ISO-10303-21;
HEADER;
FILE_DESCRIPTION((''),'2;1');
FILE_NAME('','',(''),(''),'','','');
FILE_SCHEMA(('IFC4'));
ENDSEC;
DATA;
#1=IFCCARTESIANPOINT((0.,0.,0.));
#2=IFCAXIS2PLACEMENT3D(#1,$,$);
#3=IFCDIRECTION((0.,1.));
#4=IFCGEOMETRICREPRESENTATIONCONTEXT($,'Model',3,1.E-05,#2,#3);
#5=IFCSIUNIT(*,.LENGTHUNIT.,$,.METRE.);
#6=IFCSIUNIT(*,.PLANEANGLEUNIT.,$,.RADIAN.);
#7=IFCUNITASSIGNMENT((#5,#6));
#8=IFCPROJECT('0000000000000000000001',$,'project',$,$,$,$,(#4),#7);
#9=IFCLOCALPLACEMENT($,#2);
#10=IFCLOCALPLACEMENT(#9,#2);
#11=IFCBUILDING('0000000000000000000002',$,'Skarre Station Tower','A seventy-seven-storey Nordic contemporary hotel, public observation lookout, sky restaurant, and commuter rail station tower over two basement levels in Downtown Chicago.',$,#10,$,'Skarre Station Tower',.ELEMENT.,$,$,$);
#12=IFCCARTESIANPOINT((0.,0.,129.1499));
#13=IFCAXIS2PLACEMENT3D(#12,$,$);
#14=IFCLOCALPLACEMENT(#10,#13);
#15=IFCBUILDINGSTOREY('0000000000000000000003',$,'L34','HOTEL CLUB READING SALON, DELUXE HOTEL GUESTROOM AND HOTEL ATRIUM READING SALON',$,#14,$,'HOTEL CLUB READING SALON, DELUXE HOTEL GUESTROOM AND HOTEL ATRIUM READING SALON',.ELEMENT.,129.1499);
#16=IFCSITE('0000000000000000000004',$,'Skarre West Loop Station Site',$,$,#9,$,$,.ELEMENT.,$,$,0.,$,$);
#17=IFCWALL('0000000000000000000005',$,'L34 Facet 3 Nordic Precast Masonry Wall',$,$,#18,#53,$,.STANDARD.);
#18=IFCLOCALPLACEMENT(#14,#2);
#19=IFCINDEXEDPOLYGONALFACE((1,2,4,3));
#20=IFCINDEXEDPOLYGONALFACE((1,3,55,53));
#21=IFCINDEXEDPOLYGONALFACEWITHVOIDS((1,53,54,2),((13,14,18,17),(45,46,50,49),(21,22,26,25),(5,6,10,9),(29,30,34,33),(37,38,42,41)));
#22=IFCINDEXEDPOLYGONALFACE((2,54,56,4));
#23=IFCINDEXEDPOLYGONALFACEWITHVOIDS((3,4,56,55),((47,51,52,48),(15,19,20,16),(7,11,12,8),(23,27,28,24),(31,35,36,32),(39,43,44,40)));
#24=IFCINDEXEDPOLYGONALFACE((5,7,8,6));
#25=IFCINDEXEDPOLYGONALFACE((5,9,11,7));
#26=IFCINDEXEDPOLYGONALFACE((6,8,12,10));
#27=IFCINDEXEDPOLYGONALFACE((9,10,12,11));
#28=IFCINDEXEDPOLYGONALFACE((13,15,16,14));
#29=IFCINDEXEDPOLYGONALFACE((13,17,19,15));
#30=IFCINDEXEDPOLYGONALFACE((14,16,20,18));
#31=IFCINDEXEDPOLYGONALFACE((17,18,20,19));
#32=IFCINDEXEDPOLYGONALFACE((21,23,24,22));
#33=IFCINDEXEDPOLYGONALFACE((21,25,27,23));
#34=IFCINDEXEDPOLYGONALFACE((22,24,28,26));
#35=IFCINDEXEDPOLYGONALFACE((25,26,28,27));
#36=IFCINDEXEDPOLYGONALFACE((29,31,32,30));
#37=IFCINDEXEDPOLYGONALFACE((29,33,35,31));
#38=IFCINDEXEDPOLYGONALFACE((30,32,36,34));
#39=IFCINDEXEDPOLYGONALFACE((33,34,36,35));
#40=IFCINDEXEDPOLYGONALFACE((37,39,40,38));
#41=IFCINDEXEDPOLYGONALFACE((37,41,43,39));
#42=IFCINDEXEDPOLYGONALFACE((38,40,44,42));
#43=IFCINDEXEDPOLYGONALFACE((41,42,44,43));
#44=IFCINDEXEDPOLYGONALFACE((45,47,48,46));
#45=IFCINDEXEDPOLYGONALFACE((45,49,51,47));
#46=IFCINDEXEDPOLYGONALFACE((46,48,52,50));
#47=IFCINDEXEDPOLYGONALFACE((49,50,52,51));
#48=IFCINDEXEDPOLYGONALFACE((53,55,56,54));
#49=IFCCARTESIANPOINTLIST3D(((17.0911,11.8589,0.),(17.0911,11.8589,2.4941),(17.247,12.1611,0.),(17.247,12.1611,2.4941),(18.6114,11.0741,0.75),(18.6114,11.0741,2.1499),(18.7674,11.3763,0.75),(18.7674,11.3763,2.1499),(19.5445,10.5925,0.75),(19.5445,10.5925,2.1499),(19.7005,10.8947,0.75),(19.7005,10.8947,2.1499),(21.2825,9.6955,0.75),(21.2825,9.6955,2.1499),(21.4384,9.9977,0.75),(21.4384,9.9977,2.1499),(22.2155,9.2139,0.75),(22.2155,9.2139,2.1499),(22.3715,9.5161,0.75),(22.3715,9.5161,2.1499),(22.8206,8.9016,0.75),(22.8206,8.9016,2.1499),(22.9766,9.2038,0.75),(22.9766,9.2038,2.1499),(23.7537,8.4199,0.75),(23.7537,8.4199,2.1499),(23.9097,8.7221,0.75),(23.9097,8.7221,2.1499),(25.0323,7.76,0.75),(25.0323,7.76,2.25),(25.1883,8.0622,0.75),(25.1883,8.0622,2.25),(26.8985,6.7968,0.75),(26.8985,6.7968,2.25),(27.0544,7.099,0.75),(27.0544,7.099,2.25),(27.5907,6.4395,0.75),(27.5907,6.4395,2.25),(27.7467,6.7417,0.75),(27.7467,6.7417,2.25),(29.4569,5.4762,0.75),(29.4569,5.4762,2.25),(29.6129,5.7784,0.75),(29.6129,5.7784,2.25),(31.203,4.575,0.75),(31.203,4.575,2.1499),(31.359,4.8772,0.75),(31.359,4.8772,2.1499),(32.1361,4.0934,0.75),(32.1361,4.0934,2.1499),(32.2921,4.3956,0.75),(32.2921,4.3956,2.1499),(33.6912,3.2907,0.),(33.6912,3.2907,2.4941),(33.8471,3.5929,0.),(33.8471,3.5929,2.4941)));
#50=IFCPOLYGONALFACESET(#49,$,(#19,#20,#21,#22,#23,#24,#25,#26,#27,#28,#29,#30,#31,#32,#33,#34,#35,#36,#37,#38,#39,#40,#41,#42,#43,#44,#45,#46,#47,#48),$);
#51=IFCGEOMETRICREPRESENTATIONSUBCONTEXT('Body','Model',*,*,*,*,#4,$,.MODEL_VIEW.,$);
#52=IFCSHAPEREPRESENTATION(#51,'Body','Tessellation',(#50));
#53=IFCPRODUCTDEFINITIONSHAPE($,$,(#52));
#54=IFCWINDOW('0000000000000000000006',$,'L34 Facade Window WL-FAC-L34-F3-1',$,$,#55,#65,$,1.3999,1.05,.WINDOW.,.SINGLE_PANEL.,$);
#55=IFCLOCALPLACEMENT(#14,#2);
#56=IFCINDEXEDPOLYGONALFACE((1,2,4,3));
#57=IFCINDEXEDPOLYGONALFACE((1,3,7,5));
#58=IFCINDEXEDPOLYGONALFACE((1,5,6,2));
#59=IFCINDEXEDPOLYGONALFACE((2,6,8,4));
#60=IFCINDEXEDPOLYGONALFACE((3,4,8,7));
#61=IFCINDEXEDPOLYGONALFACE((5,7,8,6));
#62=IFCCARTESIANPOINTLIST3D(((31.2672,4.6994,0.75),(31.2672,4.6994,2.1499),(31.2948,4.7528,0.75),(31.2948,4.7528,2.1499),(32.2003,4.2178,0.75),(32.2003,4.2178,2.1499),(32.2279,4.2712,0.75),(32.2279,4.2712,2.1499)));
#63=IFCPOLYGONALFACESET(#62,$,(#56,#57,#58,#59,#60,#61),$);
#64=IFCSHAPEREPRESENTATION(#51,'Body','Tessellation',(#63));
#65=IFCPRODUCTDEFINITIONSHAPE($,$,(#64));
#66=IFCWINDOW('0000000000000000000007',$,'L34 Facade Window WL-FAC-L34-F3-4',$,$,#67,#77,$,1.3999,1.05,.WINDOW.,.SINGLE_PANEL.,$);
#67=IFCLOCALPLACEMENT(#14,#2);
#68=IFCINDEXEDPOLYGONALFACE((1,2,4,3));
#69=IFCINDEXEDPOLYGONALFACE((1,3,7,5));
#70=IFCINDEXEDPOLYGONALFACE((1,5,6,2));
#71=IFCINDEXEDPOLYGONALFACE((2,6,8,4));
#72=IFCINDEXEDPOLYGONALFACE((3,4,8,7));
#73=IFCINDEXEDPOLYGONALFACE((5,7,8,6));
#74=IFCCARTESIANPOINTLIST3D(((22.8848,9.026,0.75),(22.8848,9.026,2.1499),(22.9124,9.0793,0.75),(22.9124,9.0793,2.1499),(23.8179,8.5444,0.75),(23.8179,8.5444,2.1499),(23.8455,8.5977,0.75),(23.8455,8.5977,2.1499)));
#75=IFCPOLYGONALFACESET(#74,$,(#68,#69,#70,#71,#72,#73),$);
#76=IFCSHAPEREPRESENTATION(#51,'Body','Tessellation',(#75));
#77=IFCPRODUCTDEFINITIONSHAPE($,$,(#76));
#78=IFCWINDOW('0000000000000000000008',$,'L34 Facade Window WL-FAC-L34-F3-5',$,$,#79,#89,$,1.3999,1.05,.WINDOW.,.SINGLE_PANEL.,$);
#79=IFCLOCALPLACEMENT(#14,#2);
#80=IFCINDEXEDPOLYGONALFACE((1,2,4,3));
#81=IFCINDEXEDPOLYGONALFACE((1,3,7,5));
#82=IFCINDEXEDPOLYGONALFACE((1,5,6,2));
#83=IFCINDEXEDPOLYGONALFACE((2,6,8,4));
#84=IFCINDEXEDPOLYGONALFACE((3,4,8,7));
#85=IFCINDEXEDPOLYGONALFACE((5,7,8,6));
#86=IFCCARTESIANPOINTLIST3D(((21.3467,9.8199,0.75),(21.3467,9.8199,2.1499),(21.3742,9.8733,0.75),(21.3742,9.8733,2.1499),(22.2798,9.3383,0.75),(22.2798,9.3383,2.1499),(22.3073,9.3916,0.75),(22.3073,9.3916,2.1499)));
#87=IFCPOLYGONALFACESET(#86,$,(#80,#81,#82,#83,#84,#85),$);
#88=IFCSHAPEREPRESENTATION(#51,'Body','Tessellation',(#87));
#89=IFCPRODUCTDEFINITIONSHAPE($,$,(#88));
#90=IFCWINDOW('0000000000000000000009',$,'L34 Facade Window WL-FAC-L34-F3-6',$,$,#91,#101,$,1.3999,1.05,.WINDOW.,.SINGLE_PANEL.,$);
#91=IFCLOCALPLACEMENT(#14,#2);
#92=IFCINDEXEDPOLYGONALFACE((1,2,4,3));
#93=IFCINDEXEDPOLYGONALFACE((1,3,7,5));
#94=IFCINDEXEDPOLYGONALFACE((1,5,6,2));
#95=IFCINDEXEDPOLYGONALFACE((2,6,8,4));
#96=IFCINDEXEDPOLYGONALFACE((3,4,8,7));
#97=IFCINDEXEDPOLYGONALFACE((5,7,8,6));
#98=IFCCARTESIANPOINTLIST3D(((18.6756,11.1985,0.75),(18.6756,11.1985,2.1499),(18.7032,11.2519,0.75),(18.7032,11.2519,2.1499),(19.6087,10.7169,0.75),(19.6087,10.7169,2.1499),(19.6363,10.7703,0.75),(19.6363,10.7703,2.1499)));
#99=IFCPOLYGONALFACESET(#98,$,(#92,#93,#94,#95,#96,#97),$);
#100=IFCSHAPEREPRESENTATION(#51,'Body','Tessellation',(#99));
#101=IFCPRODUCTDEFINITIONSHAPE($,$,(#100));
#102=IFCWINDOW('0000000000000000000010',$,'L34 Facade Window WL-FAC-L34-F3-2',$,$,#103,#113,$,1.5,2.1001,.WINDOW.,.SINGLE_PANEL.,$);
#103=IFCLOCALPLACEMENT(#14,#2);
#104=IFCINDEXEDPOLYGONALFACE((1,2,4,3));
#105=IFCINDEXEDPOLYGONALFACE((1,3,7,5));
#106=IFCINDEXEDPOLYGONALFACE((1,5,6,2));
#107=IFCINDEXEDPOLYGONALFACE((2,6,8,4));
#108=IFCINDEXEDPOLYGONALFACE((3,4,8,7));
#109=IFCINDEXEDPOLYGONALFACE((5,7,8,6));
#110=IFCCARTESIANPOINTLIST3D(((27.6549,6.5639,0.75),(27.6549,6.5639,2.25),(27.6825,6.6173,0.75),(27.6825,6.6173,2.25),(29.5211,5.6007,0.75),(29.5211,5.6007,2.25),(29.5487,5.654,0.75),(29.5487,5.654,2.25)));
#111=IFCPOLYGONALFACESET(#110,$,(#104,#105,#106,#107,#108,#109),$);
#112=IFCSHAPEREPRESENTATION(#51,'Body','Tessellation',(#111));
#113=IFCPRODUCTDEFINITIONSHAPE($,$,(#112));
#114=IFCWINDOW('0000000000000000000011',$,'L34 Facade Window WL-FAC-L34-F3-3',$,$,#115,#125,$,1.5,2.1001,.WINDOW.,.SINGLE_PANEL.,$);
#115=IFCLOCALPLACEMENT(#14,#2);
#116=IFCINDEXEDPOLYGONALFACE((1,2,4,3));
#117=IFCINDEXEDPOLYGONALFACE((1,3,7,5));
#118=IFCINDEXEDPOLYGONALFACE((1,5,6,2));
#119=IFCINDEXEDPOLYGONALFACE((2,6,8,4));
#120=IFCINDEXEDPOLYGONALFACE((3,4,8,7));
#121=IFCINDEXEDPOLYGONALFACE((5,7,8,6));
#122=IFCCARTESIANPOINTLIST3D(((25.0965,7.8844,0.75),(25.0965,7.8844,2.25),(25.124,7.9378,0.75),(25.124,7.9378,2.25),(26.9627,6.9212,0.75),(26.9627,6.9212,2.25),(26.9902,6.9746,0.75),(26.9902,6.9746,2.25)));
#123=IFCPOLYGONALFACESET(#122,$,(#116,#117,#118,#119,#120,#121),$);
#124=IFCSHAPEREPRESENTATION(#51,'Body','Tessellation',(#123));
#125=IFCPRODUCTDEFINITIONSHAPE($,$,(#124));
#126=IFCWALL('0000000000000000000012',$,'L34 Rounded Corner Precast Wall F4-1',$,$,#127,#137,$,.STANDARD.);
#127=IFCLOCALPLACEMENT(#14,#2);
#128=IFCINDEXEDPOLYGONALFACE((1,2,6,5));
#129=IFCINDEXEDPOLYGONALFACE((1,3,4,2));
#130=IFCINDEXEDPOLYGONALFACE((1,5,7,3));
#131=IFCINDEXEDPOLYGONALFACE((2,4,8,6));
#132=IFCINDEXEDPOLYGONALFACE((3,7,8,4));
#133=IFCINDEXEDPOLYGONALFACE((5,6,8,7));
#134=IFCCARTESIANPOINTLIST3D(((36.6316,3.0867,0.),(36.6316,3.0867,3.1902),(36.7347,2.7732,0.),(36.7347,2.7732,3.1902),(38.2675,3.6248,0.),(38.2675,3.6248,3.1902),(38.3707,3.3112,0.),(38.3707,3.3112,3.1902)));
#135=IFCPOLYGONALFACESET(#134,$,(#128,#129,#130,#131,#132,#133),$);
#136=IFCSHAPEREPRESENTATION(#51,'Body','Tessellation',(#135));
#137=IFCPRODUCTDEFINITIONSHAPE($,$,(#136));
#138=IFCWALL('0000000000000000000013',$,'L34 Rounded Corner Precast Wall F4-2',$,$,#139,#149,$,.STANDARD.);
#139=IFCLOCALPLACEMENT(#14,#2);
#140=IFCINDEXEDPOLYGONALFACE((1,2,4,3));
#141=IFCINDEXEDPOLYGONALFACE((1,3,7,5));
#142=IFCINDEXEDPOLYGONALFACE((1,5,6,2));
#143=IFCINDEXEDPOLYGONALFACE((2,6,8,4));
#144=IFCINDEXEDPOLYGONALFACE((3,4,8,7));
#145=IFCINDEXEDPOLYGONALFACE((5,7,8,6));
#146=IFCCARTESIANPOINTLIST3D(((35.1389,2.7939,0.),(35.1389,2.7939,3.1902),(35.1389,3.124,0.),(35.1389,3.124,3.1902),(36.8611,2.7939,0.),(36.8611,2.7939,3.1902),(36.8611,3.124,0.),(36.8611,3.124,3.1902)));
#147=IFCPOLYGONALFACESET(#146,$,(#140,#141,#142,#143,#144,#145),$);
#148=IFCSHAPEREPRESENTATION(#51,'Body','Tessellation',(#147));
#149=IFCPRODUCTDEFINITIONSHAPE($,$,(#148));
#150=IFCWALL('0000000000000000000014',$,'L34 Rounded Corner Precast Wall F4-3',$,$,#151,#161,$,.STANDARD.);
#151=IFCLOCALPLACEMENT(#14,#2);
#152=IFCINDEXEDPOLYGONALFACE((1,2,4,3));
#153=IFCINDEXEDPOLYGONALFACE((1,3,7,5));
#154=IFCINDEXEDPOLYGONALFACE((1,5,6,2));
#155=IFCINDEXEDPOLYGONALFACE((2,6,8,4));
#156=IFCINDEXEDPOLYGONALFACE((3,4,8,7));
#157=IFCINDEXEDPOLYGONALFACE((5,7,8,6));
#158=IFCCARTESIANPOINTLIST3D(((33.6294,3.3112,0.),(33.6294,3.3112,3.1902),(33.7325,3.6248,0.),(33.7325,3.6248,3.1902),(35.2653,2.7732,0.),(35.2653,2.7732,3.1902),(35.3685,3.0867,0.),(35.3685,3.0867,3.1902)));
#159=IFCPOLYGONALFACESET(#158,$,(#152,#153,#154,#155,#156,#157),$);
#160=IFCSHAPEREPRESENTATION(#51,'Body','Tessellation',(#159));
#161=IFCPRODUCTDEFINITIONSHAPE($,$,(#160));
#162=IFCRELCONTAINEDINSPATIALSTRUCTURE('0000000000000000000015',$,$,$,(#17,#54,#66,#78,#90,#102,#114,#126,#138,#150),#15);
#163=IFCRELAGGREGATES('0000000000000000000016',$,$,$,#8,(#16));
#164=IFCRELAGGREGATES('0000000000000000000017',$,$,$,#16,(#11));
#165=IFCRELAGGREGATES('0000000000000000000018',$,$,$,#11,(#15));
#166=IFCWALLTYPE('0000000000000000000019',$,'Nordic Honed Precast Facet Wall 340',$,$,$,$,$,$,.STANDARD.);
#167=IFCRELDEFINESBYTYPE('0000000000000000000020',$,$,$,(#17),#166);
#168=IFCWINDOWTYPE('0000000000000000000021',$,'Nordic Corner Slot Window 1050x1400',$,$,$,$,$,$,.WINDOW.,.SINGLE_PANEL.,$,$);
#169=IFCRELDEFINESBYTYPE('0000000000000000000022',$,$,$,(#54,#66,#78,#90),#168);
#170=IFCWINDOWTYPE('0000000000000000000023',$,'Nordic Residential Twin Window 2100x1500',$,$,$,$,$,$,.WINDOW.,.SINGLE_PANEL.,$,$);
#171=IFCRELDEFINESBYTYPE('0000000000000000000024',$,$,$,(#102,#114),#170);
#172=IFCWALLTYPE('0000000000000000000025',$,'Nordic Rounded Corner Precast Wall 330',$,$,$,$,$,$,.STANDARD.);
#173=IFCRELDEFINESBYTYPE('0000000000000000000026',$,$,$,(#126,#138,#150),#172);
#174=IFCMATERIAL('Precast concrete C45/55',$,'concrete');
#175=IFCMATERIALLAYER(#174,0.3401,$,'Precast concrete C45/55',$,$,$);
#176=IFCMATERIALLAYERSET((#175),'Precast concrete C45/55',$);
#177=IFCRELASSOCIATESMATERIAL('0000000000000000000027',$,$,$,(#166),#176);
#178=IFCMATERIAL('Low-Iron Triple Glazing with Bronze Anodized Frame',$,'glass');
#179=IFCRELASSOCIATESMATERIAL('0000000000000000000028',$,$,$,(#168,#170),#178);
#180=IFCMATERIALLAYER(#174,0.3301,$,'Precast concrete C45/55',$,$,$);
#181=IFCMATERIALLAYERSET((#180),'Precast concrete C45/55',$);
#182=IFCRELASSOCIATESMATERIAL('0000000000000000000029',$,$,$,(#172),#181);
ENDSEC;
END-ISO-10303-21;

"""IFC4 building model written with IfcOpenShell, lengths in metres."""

from ifc_helpers import new_model, si_unit, direction, frame, frame_2d, origin, place, context, subcontext, project, spatial, rectangle, extrude, material, layer, layer_set, type_object, element, fill, save


model = new_model("IFC4")

# Units and contexts
model_context = context("Model", 3, precision=1e-05, world=origin(), true_north=direction((0.0, 1.0)))
body_context = subcontext(model_context, "Body", "Model", "MODEL_VIEW")
ifc_project = project(units=[si_unit("LENGTHUNIT", "METRE"), si_unit("PLANEANGLEUNIT", "RADIAN")], contexts=[model_context])

# Site, building, storey
site_placement = place(None, origin())
site = spatial("IfcSite", under=ifc_project, at=site_placement, Name="Skarre West Loop Station Site", CompositionType="ELEMENT", RefElevation=0.0)
building_placement = place(site_placement, origin())
building = spatial("IfcBuilding", under=site, at=building_placement, Name="Skarre Station Tower", Description="A seventy-seven-storey Nordic contemporary hotel, public observation lookout, sky restaurant, and commuter rail station tower over two basement levels in Downtown Chicago.", LongName="Skarre Station Tower", CompositionType="ELEMENT")
storey_placement = place(building_placement, frame((0.0, 0.0, 129.1499)))
storey = spatial("IfcBuildingStorey", under=building, at=storey_placement, Name="L34", Description="HOTEL CLUB READING SALON, DELUXE HOTEL GUESTROOM AND HOTEL ATRIUM READING SALON", LongName="HOTEL CLUB READING SALON, DELUXE HOTEL GUESTROOM AND HOTEL ATRIUM READING SALON", CompositionType="ELEMENT", Elevation=129.1499)

# Wall, openings, windows
ifc_material_1 = material(Name="Precast concrete C45/55", Category="concrete")
ifc_layer_1 = layer(ifc_material_1, 0.3401, Name="Precast concrete C45/55")
ifc_layer_set_1 = layer_set([ifc_layer_1], Name="Precast concrete C45/55")
wall_type_1 = type_object("IfcWallType", Name="Nordic Honed Precast Facet Wall 340", PredefinedType="STANDARD", material=ifc_layer_set_1)
wall_1_placement = place(storey_placement, frame((33.769, 3.4419, 0.0), z_axis=(0.0, 0.0, 1.0), x_axis=(-0.888614, 0.458657, 0.0)))
wall_1 = element("IfcWall", 1, at=wall_1_placement, inside=storey, type_object=wall_type_1, Name="L34 Facet 3 Nordic Precast Masonry Wall", PredefinedType="STANDARD", context=body_context, shape_type="SweptSolid", body=[
    extrude(rectangle(XDim=18.6809, YDim=0.3401, at=frame_2d((9.3403, 0.0))), origin(), (0.0, 0.0, 1.0), 2.4941),
])
opening_1_placement = place(wall_1_placement, frame((1.75, 0.0, 0.75)))
opening_1 = element("IfcOpeningElement", 2, at=opening_1_placement, cuts=wall_1, PredefinedType="OPENING", context=body_context, shape_type="SweptSolid", body=[
    extrude(rectangle(XDim=1.05, YDim=1.3999, at=frame_2d((0.5249, 0.7))), frame((0.0, 0.1799, 0.0), z_axis=(0.0, -1.0, 0.0), x_axis=(1.0, 0.0, 0.0)), (0.0, 0.0, 1.0), 0.3601),
])
opening_2_placement = place(wall_1_placement, frame((4.7649, 0.0, 0.75)))
opening_2 = element("IfcOpeningElement", 3, at=opening_2_placement, cuts=wall_1, PredefinedType="OPENING", context=body_context, shape_type="SweptSolid", body=[
    extrude(rectangle(XDim=2.1001, YDim=1.5, at=frame_2d((1.05, 0.75))), frame((0.0, 0.1799, 0.0), z_axis=(0.0, -1.0, 0.0), x_axis=(1.0, 0.0, 0.0)), (0.0, 0.0, 1.0), 0.3601),
])
opening_3_placement = place(wall_1_placement, frame((7.644, 0.0, 0.75)))
opening_3 = element("IfcOpeningElement", 4, at=opening_3_placement, cuts=wall_1, PredefinedType="OPENING", context=body_context, shape_type="SweptSolid", body=[
    extrude(rectangle(XDim=2.1001, YDim=1.5, at=frame_2d((1.05, 0.75))), frame((0.0, 0.1799, 0.0), z_axis=(0.0, -1.0, 0.0), x_axis=(1.0, 0.0, 0.0)), (0.0, 0.0, 1.0), 0.3601),
])
opening_4_placement = place(wall_1_placement, frame((11.1831, 0.0, 0.75)))
opening_4 = element("IfcOpeningElement", 5, at=opening_4_placement, cuts=wall_1, PredefinedType="OPENING", context=body_context, shape_type="SweptSolid", body=[
    extrude(rectangle(XDim=1.05, YDim=1.3999, at=frame_2d((0.5249, 0.7))), frame((0.0, 0.1799, 0.0), z_axis=(0.0, -1.0, 0.0), x_axis=(1.0, 0.0, 0.0)), (0.0, 0.0, 1.0), 0.3601),
])
opening_5_placement = place(wall_1_placement, frame((12.9141, 0.0, 0.75)))
opening_5 = element("IfcOpeningElement", 6, at=opening_5_placement, cuts=wall_1, PredefinedType="OPENING", context=body_context, shape_type="SweptSolid", body=[
    extrude(rectangle(XDim=1.05, YDim=1.3999, at=frame_2d((0.5249, 0.7))), frame((0.0, 0.1799, 0.0), z_axis=(0.0, -1.0, 0.0), x_axis=(1.0, 0.0, 0.0)), (0.0, 0.0, 1.0), 0.3601),
])
opening_6_placement = place(wall_1_placement, frame((15.9199, 0.0, 0.75)))
opening_6 = element("IfcOpeningElement", 7, at=opening_6_placement, cuts=wall_1, PredefinedType="OPENING", context=body_context, shape_type="SweptSolid", body=[
    extrude(rectangle(XDim=1.05, YDim=1.3999, at=frame_2d((0.5249, 0.7))), frame((0.0, 0.1799, 0.0), z_axis=(0.0, -1.0, 0.0), x_axis=(1.0, 0.0, 0.0)), (0.0, 0.0, 1.0), 0.3601),
])
ifc_material_2 = material(Name="Low-Iron Triple Glazing with Bronze Anodized Frame", Category="glass")
window_type_1 = type_object("IfcWindowType", Name="Nordic Corner Slot Window 1050x1400", PartitioningType="SINGLE_PANEL", PredefinedType="WINDOW", material=ifc_material_2)
window_1_placement = place(opening_1_placement, origin())
window_1 = element("IfcWindow", 8, at=window_1_placement, inside=storey, type_object=window_type_1, Name="L34 Facade Window WL-FAC-L34-F3-1", OverallHeight=1.3999, OverallWidth=1.05, PartitioningType="SINGLE_PANEL", PredefinedType="WINDOW", context=body_context, shape_type="SweptSolid", body=[
    extrude(rectangle(XDim=1.05, YDim=1.3999, at=frame_2d((0.5249, 0.7))), frame((0.0, 0.03, 0.0), z_axis=(0.0, -1.0, 0.0), x_axis=(1.0, 0.0, 0.0)), (0.0, 0.0, 1.0), 0.0601),
])
fill(opening_1, window_1)
window_2_placement = place(opening_4_placement, origin())
window_2 = element("IfcWindow", 9, at=window_2_placement, inside=storey, type_object=window_type_1, Name="L34 Facade Window WL-FAC-L34-F3-4", OverallHeight=1.3999, OverallWidth=1.05, PartitioningType="SINGLE_PANEL", PredefinedType="WINDOW", context=body_context, shape_type="SweptSolid", body=[
    extrude(rectangle(XDim=1.05, YDim=1.3999, at=frame_2d((0.5249, 0.7))), frame((0.0, 0.03, 0.0), z_axis=(0.0, -1.0, 0.0), x_axis=(1.0, 0.0, 0.0)), (0.0, 0.0, 1.0), 0.0601),
])
fill(opening_4, window_2)
window_3_placement = place(opening_5_placement, origin())
window_3 = element("IfcWindow", 10, at=window_3_placement, inside=storey, type_object=window_type_1, Name="L34 Facade Window WL-FAC-L34-F3-5", OverallHeight=1.3999, OverallWidth=1.05, PartitioningType="SINGLE_PANEL", PredefinedType="WINDOW", context=body_context, shape_type="SweptSolid", body=[
    extrude(rectangle(XDim=1.05, YDim=1.3999, at=frame_2d((0.5249, 0.7))), frame((0.0, 0.03, 0.0), z_axis=(0.0, -1.0, 0.0), x_axis=(1.0, 0.0, 0.0)), (0.0, 0.0, 1.0), 0.0601),
])
fill(opening_5, window_3)
window_4_placement = place(opening_6_placement, origin())
window_4 = element("IfcWindow", 11, at=window_4_placement, inside=storey, type_object=window_type_1, Name="L34 Facade Window WL-FAC-L34-F3-6", OverallHeight=1.3999, OverallWidth=1.05, PartitioningType="SINGLE_PANEL", PredefinedType="WINDOW", context=body_context, shape_type="SweptSolid", body=[
    extrude(rectangle(XDim=1.05, YDim=1.3999, at=frame_2d((0.5249, 0.7))), frame((0.0, 0.03, 0.0), z_axis=(0.0, -1.0, 0.0), x_axis=(1.0, 0.0, 0.0)), (0.0, 0.0, 1.0), 0.0601),
])
fill(opening_6, window_4)
window_type_2 = type_object("IfcWindowType", Name="Nordic Residential Twin Window 2100x1500", PartitioningType="SINGLE_PANEL", PredefinedType="WINDOW", material=ifc_material_2)
window_5_placement = place(opening_2_placement, origin())
window_5 = element("IfcWindow", 12, at=window_5_placement, inside=storey, type_object=window_type_2, Name="L34 Facade Window WL-FAC-L34-F3-2", OverallHeight=1.5, OverallWidth=2.1001, PartitioningType="SINGLE_PANEL", PredefinedType="WINDOW", context=body_context, shape_type="SweptSolid", body=[
    extrude(rectangle(XDim=2.1001, YDim=1.5, at=frame_2d((1.05, 0.75))), frame((0.0, 0.03, 0.0), z_axis=(0.0, -1.0, 0.0), x_axis=(1.0, 0.0, 0.0)), (0.0, 0.0, 1.0), 0.0601),
])
fill(opening_2, window_5)
window_6_placement = place(opening_3_placement, origin())
window_6 = element("IfcWindow", 13, at=window_6_placement, inside=storey, type_object=window_type_2, Name="L34 Facade Window WL-FAC-L34-F3-3", OverallHeight=1.5, OverallWidth=2.1001, PartitioningType="SINGLE_PANEL", PredefinedType="WINDOW", context=body_context, shape_type="SweptSolid", body=[
    extrude(rectangle(XDim=2.1001, YDim=1.5, at=frame_2d((1.05, 0.75))), frame((0.0, 0.03, 0.0), z_axis=(0.0, -1.0, 0.0), x_axis=(1.0, 0.0, 0.0)), (0.0, 0.0, 1.0), 0.0601),
])
fill(opening_3, window_6)

# Walls
ifc_layer_2 = layer(ifc_material_1, 0.3301, Name="Precast concrete C45/55")
ifc_layer_set_2 = layer_set([ifc_layer_2], Name="Precast concrete C45/55")
wall_type_2 = type_object("IfcWallType", Name="Nordic Rounded Corner Precast Wall 330", PredefinedType="STANDARD", material=ifc_layer_set_2)
for number, where, z_axis, x_axis, name in (
    (14, (38.3191, 3.468, 0.0), (0.0, 0.0, 1.0), (-0.949937, -0.31244, 0.0), "L34 Rounded Corner Precast Wall F4-1"),
    (15, (36.8611, 2.959, 0.0), (0.0, 0.0, 1.0), (-1.0, 0.0, 0.0), "L34 Rounded Corner Precast Wall F4-2"),
    (16, (35.3169, 2.9299, 0.0), (0.0, 0.0, 1.0), (-0.949937, 0.31244, 0.0), "L34 Rounded Corner Precast Wall F4-3"),
):
    element("IfcWall", number, at=place(storey_placement, frame(where, z_axis=z_axis, x_axis=x_axis)), inside=storey, type_object=wall_type_2, Name=name, PredefinedType="STANDARD", context=body_context, shape_type="SweptSolid", body=[
        extrude(rectangle(XDim=1.7222, YDim=0.3301, at=frame_2d((0.8611, 0.0))), origin(), (0.0, 0.0, 1.0), 3.1902),
    ])

save(model, "model.ifc")
